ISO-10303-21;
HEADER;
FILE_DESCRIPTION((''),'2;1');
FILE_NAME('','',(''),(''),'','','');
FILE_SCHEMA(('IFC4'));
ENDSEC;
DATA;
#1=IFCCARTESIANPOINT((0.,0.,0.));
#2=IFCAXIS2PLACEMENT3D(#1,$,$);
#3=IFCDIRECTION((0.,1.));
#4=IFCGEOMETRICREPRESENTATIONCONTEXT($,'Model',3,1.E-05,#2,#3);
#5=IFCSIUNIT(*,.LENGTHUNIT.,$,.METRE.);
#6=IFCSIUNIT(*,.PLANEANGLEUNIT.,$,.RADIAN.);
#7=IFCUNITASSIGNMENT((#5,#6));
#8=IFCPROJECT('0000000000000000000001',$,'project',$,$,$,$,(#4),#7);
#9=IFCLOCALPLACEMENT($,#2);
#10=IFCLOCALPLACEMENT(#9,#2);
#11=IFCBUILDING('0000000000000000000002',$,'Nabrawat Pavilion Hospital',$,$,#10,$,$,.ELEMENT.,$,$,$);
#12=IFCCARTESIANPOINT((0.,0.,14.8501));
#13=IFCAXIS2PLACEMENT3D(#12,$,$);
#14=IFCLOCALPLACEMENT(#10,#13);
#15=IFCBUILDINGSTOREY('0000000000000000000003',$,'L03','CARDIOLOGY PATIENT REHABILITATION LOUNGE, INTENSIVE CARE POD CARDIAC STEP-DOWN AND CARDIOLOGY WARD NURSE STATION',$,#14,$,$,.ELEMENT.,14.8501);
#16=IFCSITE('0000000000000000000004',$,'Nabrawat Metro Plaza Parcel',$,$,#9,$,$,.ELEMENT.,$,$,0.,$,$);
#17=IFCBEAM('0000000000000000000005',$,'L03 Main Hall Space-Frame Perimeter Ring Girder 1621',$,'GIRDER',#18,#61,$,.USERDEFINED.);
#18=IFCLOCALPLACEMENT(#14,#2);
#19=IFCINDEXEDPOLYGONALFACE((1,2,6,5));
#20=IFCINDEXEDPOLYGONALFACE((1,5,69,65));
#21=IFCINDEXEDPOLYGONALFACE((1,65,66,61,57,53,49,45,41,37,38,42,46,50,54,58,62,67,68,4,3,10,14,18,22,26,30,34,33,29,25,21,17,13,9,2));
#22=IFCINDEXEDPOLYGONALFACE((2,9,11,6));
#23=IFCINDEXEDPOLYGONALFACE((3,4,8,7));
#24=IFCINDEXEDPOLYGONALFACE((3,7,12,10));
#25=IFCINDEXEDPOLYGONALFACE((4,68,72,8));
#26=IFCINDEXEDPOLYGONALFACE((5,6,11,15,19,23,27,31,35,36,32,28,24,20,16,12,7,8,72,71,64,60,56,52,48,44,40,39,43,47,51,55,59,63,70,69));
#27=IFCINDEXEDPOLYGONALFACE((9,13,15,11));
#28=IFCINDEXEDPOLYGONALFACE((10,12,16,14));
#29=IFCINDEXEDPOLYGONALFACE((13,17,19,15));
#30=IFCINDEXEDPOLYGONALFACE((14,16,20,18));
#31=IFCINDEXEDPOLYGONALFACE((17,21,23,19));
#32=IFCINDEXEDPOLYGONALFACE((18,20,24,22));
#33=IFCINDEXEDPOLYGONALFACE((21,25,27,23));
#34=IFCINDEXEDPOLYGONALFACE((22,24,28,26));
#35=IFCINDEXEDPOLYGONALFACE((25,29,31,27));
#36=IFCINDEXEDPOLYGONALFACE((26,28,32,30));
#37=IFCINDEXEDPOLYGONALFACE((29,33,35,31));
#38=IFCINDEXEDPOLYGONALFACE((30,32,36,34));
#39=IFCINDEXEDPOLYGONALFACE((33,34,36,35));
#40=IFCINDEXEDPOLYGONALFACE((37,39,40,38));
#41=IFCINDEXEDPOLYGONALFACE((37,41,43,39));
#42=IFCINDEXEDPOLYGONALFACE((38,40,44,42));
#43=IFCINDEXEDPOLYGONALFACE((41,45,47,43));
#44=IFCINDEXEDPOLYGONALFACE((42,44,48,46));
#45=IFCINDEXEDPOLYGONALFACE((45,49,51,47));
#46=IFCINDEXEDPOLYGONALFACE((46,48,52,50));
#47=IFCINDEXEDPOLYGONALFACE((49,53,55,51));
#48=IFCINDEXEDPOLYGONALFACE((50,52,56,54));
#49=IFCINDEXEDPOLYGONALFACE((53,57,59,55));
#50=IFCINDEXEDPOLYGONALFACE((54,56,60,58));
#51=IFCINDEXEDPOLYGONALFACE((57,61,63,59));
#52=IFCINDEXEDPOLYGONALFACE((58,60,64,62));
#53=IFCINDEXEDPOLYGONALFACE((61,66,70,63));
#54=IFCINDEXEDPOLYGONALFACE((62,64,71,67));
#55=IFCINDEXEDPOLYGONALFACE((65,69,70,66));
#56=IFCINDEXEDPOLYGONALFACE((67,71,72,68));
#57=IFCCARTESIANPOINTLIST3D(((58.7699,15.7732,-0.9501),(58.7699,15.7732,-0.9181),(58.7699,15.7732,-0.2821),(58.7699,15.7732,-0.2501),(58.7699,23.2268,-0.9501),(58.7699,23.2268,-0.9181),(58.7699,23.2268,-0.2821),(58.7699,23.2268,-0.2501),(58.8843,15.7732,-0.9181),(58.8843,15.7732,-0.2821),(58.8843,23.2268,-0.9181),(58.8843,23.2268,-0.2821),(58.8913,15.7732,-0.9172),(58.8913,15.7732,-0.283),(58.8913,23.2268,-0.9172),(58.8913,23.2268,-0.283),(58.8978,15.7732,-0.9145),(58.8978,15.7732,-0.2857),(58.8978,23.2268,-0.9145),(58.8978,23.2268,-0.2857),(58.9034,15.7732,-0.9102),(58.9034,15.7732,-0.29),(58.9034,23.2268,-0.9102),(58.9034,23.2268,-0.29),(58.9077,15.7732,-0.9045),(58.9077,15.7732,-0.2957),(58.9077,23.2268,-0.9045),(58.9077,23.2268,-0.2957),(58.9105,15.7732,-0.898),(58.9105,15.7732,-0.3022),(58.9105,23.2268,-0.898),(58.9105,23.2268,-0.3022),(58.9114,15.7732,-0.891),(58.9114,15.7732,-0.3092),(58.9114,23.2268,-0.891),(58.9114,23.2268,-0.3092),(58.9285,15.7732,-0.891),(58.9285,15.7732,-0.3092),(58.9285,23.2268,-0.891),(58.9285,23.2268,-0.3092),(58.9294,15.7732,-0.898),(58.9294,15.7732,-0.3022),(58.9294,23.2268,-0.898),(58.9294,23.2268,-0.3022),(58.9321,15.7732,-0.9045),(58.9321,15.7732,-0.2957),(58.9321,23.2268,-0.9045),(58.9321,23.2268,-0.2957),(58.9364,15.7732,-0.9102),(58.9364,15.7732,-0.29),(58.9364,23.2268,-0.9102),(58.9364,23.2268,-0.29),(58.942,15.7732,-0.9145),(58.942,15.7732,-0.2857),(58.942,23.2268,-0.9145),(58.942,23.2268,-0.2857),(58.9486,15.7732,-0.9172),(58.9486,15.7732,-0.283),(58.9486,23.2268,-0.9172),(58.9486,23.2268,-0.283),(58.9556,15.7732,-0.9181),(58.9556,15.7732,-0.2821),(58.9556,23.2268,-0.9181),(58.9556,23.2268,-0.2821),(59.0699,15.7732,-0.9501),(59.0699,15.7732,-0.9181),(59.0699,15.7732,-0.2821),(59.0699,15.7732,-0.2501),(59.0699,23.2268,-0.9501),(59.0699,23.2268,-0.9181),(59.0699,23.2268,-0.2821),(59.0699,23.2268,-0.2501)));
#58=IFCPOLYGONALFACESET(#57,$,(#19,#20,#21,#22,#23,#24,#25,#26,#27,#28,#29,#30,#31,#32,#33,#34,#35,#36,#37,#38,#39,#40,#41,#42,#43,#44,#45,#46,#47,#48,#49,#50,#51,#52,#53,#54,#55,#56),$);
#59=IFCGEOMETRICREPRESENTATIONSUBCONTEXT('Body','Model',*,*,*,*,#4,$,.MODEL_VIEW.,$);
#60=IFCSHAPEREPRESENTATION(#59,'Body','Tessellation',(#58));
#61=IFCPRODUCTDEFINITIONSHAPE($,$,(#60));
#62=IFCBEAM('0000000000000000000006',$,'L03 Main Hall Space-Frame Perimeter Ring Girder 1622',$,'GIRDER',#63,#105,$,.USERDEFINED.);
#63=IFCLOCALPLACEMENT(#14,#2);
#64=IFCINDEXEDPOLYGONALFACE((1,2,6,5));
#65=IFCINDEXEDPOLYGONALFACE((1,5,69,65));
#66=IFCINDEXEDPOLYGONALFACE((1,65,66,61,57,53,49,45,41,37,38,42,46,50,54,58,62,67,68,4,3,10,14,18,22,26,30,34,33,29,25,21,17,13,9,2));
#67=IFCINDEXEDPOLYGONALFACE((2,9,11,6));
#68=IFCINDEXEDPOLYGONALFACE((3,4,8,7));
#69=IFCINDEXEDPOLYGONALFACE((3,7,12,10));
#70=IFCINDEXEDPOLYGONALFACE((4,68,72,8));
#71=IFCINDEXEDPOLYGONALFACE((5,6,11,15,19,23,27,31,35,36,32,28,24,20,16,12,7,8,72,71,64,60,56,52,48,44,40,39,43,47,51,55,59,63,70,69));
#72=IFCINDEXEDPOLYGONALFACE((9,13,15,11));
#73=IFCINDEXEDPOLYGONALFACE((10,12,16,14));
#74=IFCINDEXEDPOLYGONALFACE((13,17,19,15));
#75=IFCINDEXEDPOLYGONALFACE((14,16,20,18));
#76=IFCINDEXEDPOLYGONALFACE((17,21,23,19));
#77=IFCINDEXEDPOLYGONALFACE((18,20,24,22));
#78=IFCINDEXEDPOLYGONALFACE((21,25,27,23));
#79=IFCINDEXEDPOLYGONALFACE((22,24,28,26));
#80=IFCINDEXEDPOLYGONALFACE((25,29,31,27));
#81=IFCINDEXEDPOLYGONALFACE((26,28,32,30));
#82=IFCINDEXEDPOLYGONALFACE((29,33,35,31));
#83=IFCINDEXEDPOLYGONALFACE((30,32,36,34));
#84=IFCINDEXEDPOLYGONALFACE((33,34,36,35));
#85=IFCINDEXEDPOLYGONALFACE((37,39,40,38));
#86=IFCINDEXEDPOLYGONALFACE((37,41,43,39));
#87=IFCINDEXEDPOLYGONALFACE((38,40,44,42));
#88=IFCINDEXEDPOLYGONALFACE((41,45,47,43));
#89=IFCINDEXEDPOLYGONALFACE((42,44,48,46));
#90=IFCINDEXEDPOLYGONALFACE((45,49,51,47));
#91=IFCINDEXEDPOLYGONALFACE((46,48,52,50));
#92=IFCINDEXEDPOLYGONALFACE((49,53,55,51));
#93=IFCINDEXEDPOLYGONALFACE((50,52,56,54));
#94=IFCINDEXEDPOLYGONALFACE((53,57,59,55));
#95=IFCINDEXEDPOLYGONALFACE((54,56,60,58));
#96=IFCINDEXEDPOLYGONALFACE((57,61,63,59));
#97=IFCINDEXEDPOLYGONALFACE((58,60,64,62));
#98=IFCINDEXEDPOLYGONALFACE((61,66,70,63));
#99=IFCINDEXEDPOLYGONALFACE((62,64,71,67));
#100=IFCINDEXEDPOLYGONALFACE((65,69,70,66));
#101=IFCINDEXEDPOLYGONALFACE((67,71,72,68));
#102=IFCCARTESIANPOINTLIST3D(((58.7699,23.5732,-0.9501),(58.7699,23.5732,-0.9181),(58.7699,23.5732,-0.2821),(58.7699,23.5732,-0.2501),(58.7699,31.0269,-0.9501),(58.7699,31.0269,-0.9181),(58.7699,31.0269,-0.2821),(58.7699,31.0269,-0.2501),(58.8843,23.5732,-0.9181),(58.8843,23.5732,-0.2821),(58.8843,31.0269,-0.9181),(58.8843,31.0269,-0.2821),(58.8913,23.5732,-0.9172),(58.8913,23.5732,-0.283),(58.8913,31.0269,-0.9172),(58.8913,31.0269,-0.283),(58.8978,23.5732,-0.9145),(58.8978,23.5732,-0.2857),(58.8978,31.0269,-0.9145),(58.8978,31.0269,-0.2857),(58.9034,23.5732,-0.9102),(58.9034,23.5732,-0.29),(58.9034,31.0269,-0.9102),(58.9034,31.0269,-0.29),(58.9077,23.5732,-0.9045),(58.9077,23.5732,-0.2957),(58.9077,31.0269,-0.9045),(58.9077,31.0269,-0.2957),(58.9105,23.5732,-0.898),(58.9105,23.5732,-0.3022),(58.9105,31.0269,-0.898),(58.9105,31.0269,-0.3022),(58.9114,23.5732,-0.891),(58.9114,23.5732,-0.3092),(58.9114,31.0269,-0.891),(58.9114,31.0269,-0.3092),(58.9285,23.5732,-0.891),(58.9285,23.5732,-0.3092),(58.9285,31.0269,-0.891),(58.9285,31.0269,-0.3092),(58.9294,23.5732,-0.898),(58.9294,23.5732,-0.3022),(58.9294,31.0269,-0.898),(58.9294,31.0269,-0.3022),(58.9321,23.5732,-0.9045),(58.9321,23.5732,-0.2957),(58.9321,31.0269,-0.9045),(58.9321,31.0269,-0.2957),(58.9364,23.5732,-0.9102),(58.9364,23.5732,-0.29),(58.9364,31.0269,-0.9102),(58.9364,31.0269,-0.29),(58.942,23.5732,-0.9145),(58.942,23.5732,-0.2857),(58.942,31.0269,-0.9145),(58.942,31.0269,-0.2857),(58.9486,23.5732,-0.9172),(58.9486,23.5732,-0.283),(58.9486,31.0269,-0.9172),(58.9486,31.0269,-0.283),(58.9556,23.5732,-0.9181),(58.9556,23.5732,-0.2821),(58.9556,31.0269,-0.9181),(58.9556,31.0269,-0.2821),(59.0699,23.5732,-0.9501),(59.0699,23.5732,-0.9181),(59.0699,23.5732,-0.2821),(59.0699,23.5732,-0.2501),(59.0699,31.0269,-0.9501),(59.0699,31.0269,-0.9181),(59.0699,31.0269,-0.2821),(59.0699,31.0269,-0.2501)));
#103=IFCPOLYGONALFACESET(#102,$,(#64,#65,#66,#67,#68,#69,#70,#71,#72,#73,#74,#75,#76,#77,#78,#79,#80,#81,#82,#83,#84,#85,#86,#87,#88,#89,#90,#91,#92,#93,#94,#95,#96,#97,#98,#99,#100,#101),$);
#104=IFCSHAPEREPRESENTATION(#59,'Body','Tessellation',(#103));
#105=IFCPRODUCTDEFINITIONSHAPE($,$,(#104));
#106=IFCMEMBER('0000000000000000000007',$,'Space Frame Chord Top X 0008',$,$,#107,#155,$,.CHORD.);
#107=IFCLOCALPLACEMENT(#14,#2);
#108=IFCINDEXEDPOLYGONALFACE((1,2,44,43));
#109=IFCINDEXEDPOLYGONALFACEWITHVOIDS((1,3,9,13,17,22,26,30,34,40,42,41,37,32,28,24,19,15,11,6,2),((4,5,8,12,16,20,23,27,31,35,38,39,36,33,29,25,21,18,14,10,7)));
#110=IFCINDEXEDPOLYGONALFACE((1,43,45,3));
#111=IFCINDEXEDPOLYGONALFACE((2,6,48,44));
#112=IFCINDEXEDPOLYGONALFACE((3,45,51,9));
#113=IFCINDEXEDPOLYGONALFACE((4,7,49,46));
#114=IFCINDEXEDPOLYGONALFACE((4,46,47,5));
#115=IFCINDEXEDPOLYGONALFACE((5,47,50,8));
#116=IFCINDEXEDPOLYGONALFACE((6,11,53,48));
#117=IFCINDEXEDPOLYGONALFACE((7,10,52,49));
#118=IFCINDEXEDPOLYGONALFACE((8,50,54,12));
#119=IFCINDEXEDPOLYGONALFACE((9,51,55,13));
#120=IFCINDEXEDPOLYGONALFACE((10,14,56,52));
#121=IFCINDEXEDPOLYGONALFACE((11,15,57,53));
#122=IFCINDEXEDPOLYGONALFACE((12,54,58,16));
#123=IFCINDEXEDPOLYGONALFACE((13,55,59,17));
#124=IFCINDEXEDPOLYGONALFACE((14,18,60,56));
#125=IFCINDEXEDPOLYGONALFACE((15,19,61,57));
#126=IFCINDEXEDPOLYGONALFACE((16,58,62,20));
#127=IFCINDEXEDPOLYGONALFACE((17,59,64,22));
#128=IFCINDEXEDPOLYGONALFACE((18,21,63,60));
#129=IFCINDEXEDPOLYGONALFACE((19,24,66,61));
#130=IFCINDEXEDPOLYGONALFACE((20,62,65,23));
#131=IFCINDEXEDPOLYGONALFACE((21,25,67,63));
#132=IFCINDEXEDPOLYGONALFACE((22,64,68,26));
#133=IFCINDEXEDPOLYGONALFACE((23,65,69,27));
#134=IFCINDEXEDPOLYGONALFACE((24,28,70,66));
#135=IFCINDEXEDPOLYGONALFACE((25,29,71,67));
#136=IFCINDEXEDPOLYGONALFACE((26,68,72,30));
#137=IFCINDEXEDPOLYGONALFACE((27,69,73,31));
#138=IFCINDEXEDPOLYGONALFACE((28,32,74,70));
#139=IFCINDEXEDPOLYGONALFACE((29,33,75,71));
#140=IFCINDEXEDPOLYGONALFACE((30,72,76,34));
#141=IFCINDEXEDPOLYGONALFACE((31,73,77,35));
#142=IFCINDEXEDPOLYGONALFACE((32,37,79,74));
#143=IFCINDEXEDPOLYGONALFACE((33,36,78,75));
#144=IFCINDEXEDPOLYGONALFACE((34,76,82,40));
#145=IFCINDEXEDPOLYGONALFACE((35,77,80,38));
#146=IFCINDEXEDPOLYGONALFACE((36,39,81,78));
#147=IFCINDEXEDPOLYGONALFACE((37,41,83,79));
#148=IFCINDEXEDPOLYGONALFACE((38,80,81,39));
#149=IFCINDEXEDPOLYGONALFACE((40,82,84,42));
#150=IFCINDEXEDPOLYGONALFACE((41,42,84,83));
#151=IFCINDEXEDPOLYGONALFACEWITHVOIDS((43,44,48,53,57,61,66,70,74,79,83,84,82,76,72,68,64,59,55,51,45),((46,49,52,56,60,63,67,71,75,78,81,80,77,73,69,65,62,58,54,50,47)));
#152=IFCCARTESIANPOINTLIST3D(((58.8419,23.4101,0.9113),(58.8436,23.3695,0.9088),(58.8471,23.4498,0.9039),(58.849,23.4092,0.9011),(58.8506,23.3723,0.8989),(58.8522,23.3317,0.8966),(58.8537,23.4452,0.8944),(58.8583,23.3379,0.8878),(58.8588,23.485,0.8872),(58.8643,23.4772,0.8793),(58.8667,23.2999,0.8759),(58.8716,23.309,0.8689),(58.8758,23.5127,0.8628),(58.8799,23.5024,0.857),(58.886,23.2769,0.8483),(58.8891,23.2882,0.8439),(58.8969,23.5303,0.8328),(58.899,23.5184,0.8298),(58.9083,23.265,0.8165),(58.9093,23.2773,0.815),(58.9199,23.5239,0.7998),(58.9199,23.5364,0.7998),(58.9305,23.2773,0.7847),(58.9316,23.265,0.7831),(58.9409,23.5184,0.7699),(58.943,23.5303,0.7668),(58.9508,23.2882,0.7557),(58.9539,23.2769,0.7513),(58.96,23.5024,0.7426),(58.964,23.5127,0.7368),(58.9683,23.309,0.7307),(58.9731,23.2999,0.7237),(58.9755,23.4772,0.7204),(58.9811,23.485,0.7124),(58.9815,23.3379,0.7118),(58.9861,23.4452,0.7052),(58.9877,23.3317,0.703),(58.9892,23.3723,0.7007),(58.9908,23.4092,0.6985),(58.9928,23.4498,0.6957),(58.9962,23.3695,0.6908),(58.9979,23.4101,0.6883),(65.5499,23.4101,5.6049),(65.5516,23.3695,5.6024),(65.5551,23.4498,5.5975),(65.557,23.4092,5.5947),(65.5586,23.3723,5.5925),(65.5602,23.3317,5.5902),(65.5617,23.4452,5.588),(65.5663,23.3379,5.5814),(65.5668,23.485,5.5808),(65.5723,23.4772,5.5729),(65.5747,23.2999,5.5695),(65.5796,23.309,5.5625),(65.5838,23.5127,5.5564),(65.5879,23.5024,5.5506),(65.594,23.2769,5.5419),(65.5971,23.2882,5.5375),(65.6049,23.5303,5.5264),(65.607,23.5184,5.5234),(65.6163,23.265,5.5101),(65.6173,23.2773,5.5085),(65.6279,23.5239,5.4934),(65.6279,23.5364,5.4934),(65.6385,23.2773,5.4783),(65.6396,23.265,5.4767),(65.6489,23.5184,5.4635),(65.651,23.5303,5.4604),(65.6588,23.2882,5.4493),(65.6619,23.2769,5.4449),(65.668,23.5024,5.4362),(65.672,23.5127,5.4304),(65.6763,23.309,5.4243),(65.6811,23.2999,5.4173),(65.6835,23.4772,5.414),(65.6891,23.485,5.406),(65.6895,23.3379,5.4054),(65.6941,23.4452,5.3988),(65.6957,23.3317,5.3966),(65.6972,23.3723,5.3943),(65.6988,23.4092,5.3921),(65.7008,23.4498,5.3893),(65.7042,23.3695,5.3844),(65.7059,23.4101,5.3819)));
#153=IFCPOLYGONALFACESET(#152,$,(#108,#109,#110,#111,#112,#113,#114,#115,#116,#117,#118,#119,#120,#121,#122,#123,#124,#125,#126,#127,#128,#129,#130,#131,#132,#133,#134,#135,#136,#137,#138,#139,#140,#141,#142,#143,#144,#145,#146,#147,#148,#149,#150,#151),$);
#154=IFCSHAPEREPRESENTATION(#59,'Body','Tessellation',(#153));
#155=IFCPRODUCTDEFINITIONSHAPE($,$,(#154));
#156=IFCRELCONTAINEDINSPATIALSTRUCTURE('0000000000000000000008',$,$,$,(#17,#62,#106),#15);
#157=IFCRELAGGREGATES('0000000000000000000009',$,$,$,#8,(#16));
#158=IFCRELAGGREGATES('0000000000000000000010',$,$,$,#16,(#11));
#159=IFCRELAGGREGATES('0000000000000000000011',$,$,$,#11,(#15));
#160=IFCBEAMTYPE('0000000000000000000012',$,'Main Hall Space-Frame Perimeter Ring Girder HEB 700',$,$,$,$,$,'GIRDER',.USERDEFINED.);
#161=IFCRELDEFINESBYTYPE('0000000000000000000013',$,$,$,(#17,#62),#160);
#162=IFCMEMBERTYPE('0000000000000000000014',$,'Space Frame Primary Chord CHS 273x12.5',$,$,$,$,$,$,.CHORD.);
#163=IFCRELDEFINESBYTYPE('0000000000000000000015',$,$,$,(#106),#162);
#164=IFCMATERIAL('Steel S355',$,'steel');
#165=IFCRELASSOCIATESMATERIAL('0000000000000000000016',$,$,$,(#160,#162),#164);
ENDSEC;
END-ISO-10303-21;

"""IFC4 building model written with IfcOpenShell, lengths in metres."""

from ifc_helpers import new_model, si_unit, direction, frame, origin, origin_2d, place, context, subcontext, project, spatial, hollow_circle, i_section, extrude, material, material_profile, profile_set, type_object, element, save


model = new_model("IFC4")

# Units and contexts
model_context = context("Model", 3, precision=1e-05, world=origin(), true_north=direction((0.0, 1.0)))
body_context = subcontext(model_context, "Body", "Model", "MODEL_VIEW")
ifc_project = project(units=[si_unit("LENGTHUNIT", "METRE"), si_unit("PLANEANGLEUNIT", "RADIAN")], contexts=[model_context])

# Site, building, storey
site_placement = place(None, origin())
site = spatial("IfcSite", under=ifc_project, at=site_placement, Name="Nabrawat Metro Plaza Parcel", CompositionType="ELEMENT", RefElevation=0.0)
building_placement = place(site_placement, origin())
building = spatial("IfcBuilding", under=site, at=building_placement, Name="Nabrawat Pavilion Hospital", CompositionType="ELEMENT")
storey_placement = place(building_placement, frame((0.0, 0.0, 14.8501)))
storey = spatial("IfcBuildingStorey", under=building, at=storey_placement, Name="L03", Description="CARDIOLOGY PATIENT REHABILITATION LOUNGE, INTENSIVE CARE POD CARDIAC STEP-DOWN AND CARDIOLOGY WARD NURSE STATION", CompositionType="ELEMENT", Elevation=14.8501)

# Beams
ifc_material_1 = material(Name="Steel S355", Category="steel")
ifc_material_profile_1 = material_profile(ifc_material_1, i_section(OverallWidth=0.3, OverallDepth=0.7, WebThickness=0.0171, FlangeThickness=0.032, FilletRadius=0.0271, at=origin_2d()), Name="HEB 700")
ifc_profile_set_1 = profile_set([ifc_material_profile_1], Name="Steel S355")
beam_type = type_object("IfcBeamType", Name="Main Hall Space-Frame Perimeter Ring Girder HEB 700", ElementType="GIRDER", PredefinedType="USERDEFINED", material=ifc_profile_set_1)
for number, where, z_axis, x_axis, name in (
    (1, (58.9199, 15.7732, -0.6001), (0.0, 1.0, 0.0), (-1.0, 0.0, 0.0), "L03 Main Hall Space-Frame Perimeter Ring Girder 1621"),
    (2, (58.9199, 23.5732, -0.6001), (0.0, 1.0, 0.0), (-1.0, 0.0, 0.0), "L03 Main Hall Space-Frame Perimeter Ring Girder 1622"),
):
    element("IfcBeam", number, at=place(storey_placement, frame(where, z_axis=z_axis, x_axis=x_axis)), inside=storey, type_object=beam_type, Name=name, ObjectType="GIRDER", PredefinedType="USERDEFINED", context=body_context, shape_type="SweptSolid", body=[
        extrude(i_section(OverallWidth=0.3, OverallDepth=0.7, WebThickness=0.0171, FlangeThickness=0.032, FilletRadius=0.0271, at=origin_2d()), origin(), (0.0, 0.0, 1.0), 7.4536),
    ])

# Member
ifc_material_profile_2 = material_profile(ifc_material_1, hollow_circle(Radius=0.1365, WallThickness=0.0125, at=origin_2d()), Name="CHS 273x12.5")
ifc_profile_set_2 = profile_set([ifc_material_profile_2], Name="Steel S355")
member_type_1 = type_object("IfcMemberType", Name="Space Frame Primary Chord CHS 273x12.5", PredefinedType="CHORD", material=ifc_profile_set_2)
member_1_placement = place(storey_placement, frame((58.9199, 23.3999, 0.7998), z_axis=(0.819347, 0.0, 0.573298), x_axis=(0.0, 1.0, 0.0)))
element("IfcMember", 3, at=member_1_placement, inside=storey, type_object=member_type_1, Name="Space Frame Chord Top X 0008", PredefinedType="CHORD", context=body_context, shape_type="SweptSolid", body=[
    extrude(hollow_circle(Radius=0.1365, WallThickness=0.0125, at=origin_2d()), origin(), (0.0, 0.0, 1.0), 8.187),
])

save(model, "model.ifc")
